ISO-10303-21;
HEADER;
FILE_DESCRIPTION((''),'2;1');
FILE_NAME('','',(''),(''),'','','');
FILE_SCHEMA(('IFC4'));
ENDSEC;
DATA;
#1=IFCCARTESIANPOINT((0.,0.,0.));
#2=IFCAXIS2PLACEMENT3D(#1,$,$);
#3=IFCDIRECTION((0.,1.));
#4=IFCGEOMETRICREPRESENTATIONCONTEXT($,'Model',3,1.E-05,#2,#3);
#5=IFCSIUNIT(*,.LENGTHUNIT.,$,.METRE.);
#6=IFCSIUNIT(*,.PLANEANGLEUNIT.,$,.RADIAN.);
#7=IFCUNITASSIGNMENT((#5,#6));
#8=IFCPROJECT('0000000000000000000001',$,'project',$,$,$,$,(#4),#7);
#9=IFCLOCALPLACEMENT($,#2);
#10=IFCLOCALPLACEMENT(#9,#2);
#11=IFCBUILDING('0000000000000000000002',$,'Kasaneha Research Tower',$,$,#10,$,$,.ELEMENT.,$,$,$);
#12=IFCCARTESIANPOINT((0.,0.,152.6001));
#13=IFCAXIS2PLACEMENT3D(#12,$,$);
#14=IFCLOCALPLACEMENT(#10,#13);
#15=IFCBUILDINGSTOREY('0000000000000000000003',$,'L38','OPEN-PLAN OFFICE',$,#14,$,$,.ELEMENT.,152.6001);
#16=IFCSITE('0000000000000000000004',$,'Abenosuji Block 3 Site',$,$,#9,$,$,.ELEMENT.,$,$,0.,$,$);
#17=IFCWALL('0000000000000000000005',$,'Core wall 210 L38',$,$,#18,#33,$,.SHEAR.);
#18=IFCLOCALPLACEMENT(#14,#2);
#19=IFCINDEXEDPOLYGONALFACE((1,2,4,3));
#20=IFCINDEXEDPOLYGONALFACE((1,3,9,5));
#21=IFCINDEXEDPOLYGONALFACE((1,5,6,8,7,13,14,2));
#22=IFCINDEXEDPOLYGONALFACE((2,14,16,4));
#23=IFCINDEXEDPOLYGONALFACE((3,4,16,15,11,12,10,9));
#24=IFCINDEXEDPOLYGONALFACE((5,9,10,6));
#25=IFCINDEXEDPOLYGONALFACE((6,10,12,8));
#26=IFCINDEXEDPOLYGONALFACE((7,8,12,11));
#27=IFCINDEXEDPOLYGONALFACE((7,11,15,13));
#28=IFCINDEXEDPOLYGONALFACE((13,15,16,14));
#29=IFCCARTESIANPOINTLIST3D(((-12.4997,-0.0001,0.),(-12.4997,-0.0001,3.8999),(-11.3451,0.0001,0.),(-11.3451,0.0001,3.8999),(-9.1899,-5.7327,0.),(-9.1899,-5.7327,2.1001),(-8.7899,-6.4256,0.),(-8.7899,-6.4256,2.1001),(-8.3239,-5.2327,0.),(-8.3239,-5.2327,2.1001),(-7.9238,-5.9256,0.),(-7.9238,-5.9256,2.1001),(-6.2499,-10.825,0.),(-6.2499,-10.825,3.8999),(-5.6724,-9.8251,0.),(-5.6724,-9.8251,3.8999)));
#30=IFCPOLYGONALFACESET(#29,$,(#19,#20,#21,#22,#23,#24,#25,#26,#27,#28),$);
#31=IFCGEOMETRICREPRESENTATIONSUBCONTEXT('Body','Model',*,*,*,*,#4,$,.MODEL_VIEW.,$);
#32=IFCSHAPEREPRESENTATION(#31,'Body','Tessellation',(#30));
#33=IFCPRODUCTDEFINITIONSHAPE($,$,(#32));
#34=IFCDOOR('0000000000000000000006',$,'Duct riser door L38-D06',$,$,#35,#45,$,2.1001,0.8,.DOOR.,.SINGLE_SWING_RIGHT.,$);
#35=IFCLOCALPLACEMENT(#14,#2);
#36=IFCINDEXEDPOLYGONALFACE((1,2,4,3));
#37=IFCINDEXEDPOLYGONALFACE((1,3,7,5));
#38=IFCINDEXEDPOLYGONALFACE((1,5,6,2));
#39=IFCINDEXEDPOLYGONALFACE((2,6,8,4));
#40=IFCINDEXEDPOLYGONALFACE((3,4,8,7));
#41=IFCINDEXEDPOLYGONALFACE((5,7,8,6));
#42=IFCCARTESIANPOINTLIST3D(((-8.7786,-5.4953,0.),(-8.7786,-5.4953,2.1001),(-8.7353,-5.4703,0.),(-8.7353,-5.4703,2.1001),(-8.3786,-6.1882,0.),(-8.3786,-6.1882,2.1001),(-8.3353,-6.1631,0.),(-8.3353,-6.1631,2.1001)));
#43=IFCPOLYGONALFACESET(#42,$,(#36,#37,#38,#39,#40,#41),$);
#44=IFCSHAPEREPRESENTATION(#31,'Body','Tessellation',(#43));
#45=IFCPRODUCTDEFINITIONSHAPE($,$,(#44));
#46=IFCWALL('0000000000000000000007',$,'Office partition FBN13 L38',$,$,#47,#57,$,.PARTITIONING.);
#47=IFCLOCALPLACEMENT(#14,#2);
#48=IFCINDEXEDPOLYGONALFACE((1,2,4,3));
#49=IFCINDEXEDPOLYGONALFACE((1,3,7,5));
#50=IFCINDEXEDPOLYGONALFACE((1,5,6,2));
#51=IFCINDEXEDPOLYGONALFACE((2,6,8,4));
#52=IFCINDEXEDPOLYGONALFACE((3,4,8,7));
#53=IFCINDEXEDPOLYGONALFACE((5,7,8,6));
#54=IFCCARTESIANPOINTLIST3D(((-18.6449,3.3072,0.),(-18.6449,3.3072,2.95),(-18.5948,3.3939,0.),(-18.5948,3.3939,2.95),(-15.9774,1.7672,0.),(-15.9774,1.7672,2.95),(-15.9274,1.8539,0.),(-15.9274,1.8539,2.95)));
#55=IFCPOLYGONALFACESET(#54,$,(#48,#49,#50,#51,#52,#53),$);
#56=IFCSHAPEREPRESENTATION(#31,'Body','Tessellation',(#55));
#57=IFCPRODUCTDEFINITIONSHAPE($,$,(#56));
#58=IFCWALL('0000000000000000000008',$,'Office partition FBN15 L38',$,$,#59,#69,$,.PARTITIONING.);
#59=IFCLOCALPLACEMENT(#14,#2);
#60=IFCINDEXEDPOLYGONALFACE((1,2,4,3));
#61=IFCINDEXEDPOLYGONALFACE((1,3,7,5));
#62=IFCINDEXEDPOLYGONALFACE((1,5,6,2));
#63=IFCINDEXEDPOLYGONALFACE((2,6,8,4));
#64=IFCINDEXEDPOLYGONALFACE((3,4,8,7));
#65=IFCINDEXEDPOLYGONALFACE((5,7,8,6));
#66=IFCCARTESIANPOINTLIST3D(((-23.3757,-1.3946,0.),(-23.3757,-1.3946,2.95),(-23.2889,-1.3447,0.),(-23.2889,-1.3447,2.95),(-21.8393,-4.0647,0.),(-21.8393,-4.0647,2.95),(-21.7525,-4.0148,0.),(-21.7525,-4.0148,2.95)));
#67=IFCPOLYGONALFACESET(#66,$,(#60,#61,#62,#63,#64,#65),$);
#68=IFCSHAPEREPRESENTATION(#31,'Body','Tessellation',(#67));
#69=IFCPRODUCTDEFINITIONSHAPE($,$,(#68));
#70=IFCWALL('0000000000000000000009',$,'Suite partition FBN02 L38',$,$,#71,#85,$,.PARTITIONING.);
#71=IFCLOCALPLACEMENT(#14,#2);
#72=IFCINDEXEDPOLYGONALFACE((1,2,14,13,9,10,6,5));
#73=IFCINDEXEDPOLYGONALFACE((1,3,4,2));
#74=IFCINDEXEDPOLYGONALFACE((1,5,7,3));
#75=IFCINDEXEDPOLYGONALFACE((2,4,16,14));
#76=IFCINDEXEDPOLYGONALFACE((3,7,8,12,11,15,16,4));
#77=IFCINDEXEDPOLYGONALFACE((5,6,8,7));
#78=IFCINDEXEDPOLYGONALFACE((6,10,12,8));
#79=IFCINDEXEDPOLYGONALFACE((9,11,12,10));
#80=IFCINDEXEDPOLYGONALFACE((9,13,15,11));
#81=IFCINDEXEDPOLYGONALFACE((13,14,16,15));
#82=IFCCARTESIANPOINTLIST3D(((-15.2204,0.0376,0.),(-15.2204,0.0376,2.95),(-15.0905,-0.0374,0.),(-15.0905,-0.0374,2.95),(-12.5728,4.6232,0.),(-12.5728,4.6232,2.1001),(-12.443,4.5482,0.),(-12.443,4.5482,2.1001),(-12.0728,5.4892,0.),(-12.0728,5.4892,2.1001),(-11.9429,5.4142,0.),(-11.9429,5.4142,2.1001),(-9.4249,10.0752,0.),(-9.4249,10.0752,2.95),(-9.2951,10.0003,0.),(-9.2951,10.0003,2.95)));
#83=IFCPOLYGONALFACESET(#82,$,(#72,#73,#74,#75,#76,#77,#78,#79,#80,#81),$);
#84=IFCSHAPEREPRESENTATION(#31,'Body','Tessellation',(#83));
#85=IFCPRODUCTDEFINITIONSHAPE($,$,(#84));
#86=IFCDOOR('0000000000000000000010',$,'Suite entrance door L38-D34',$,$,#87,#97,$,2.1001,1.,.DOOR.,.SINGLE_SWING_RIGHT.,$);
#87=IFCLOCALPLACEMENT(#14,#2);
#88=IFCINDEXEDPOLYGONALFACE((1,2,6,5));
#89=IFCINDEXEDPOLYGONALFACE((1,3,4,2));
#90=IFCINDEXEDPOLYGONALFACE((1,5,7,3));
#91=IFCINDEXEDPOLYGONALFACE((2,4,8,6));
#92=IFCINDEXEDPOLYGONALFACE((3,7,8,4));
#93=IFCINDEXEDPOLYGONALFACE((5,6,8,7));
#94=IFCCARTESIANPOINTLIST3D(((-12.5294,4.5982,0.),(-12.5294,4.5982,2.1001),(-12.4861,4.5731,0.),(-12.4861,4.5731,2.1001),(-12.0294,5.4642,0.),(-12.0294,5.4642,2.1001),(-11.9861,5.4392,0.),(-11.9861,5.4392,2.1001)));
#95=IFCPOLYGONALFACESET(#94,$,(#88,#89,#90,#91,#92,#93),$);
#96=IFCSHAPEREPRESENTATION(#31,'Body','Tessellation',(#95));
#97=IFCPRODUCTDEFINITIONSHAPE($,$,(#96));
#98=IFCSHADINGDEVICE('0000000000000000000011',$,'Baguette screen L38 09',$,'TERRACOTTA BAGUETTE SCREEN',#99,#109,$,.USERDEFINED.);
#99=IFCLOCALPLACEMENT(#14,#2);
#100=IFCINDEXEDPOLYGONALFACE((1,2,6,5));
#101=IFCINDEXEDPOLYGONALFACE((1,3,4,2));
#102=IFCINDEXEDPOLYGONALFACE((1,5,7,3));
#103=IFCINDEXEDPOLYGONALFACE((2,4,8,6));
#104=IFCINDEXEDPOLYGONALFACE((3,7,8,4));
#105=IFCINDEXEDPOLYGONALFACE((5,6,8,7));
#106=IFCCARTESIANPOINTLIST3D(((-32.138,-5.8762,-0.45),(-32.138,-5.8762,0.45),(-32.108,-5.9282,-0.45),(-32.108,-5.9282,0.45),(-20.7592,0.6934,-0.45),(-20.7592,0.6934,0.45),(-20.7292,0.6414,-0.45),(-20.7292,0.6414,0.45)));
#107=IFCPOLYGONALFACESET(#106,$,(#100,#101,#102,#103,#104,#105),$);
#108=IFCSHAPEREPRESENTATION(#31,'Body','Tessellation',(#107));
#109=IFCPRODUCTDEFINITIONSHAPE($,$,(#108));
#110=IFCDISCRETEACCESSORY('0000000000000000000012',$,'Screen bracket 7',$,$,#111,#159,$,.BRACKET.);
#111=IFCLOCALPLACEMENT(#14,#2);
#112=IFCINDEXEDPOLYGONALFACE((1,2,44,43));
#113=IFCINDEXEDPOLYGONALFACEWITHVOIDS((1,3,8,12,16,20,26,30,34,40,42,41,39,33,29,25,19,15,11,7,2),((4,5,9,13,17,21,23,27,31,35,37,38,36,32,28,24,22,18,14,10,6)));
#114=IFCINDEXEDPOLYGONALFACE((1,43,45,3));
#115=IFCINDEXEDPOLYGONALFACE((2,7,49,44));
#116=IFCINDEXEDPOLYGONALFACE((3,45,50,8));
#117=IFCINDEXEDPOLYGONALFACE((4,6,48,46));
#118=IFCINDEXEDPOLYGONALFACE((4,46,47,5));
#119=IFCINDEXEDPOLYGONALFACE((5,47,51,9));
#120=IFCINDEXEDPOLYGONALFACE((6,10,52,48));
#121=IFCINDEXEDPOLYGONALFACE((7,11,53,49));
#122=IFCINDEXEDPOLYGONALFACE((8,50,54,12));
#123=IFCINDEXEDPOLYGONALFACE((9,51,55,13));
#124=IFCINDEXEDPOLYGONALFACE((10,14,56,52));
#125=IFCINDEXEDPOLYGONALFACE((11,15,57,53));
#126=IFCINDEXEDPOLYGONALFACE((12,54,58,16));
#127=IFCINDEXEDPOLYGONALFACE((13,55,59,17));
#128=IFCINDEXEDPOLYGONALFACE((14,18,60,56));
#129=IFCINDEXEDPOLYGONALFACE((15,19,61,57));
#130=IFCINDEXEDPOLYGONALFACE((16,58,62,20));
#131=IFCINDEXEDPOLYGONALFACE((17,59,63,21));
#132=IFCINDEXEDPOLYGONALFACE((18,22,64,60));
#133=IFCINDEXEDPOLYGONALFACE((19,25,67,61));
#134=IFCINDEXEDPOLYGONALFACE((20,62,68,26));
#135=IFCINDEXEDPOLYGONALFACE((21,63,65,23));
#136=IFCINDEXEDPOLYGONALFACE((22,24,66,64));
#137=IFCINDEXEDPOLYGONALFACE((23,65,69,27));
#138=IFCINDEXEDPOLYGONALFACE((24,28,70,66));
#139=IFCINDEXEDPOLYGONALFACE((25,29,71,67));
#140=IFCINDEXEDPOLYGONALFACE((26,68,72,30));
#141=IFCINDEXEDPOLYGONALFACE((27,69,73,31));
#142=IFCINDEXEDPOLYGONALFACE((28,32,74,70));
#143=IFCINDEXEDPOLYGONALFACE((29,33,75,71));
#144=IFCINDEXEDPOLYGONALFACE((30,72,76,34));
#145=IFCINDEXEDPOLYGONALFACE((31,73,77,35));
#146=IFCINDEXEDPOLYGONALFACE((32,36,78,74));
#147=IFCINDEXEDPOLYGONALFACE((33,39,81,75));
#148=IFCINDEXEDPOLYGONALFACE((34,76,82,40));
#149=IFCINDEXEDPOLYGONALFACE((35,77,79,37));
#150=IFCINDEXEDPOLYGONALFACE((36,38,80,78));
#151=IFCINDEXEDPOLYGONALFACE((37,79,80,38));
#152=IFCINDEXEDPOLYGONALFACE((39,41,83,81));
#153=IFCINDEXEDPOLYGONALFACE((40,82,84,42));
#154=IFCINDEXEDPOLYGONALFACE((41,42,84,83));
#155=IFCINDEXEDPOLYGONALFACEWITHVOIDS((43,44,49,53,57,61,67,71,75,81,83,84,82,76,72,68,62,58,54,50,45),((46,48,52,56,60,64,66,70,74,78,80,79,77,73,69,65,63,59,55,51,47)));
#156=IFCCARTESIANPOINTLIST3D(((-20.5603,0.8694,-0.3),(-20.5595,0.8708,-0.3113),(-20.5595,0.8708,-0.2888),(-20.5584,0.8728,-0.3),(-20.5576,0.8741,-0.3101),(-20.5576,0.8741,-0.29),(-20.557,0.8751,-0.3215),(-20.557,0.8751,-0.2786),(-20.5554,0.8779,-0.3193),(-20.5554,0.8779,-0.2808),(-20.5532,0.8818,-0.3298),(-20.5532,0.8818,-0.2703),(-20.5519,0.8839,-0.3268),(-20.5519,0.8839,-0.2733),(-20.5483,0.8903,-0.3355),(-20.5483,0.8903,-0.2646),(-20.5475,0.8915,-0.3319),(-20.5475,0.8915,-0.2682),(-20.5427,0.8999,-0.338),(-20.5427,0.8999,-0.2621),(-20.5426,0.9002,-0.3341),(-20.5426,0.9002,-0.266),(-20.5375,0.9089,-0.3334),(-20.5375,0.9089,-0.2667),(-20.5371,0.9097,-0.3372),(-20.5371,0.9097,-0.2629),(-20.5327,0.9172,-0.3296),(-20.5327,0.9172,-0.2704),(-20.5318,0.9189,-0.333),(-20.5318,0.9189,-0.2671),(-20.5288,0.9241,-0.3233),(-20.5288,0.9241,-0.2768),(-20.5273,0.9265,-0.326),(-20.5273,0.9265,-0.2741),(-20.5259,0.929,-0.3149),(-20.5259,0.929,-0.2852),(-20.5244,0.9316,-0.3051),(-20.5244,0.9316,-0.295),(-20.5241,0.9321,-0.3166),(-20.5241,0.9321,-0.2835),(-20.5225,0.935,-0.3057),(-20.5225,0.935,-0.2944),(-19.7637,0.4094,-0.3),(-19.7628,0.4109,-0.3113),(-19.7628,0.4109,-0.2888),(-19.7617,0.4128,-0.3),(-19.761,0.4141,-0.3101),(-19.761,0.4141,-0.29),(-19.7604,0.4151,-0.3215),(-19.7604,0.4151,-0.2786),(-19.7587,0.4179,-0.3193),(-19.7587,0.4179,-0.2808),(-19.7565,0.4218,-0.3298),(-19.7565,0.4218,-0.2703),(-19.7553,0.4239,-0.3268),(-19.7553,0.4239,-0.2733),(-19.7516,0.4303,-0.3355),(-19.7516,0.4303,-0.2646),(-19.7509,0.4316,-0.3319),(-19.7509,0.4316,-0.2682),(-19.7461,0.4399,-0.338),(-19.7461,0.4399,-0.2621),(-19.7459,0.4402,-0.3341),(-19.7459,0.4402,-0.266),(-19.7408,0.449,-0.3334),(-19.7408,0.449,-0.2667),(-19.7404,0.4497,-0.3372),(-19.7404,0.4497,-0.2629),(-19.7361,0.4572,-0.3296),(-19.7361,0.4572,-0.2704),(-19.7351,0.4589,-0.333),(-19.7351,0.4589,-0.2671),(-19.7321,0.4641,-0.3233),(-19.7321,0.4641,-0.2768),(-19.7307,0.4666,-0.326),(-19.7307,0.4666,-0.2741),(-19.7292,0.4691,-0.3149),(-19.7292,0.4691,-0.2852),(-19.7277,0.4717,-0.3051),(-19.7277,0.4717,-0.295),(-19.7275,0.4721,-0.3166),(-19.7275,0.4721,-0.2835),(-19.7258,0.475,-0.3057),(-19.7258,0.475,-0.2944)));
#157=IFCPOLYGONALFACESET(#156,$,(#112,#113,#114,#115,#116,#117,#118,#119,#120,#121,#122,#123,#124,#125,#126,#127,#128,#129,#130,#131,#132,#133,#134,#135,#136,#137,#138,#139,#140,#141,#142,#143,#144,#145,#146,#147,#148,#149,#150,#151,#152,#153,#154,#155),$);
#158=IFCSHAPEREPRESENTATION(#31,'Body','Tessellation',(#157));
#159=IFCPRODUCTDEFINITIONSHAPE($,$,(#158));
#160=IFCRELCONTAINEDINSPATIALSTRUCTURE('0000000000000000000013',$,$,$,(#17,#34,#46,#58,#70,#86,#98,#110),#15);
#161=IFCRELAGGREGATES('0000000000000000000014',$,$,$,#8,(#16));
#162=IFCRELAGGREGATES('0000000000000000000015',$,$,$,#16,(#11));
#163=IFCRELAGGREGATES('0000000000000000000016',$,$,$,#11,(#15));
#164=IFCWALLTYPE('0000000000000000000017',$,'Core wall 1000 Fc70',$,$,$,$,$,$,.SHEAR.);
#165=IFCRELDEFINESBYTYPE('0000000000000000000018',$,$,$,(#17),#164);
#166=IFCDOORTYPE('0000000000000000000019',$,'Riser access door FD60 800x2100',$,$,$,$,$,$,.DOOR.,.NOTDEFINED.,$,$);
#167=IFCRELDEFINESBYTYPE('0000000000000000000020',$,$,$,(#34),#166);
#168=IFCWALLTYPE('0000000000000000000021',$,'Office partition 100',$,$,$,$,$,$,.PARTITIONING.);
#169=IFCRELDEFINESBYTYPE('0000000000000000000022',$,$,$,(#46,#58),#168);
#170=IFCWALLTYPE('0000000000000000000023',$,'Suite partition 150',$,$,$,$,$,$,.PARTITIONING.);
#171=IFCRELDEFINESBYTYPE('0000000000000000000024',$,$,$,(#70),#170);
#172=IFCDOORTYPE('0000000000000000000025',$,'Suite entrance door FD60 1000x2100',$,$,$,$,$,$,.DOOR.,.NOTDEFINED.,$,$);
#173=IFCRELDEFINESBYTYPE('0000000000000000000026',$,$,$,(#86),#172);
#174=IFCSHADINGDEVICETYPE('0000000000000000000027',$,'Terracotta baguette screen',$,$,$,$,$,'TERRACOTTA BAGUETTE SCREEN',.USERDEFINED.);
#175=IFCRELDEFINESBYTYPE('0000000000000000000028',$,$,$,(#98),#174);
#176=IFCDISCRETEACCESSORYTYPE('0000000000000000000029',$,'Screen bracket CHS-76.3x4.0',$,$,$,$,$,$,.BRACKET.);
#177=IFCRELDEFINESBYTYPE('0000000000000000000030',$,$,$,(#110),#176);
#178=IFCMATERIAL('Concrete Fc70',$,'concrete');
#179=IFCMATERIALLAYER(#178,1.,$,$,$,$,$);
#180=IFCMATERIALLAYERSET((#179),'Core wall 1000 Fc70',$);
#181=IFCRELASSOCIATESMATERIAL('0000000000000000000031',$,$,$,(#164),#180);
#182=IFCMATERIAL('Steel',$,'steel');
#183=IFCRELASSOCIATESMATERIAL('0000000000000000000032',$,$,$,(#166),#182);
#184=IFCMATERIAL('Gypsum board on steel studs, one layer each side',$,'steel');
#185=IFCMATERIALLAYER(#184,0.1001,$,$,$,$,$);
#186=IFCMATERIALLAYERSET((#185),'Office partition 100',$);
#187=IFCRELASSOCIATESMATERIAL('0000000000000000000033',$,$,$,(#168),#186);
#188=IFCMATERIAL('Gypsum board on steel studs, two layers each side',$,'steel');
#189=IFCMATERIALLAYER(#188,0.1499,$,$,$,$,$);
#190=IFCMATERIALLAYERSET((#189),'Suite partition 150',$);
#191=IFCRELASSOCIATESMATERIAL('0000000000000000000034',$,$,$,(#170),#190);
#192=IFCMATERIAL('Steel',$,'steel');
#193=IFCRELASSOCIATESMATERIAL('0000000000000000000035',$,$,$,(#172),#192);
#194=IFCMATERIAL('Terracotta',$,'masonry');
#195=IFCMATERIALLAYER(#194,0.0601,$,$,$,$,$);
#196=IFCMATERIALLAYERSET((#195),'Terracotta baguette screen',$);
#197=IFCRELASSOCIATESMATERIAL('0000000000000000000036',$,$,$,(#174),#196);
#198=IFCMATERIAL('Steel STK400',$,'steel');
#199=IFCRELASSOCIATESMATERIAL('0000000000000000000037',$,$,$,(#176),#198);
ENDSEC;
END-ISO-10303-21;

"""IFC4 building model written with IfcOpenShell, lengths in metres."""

from ifc_helpers import new_model, si_unit, direction, frame, frame_2d, origin, origin_2d, place, context, subcontext, project, spatial, polyline, rectangle, hollow_circle, outline, extrude, material, layer, layer_set, material_profile, profile_set, type_object, element, fill, save


model = new_model("IFC4")

# Units and contexts
model_context = context("Model", 3, precision=1e-05, world=origin(), true_north=direction((0.0, 1.0)))
body_context = subcontext(model_context, "Body", "Model", "MODEL_VIEW")
ifc_project = project(units=[si_unit("LENGTHUNIT", "METRE"), si_unit("PLANEANGLEUNIT", "RADIAN")], contexts=[model_context])

# Site, building, storey
site_placement = place(None, origin())
site = spatial("IfcSite", under=ifc_project, at=site_placement, Name="Abenosuji Block 3 Site", CompositionType="ELEMENT", RefElevation=0.0)
building_placement = place(site_placement, origin())
building = spatial("IfcBuilding", under=site, at=building_placement, Name="Kasaneha Research Tower", CompositionType="ELEMENT")
storey_placement = place(building_placement, frame((0.0, 0.0, 152.6001)))
storey = spatial("IfcBuildingStorey", under=building, at=storey_placement, Name="L38", Description="OPEN-PLAN OFFICE", CompositionType="ELEMENT", Elevation=152.6001)

# Wall, opening, door
ifc_material_1 = material(Name="Concrete Fc70", Category="concrete")
ifc_layer_1 = layer(ifc_material_1, 1.0)
ifc_layer_set_1 = layer_set([ifc_layer_1], Name="Core wall 1000 Fc70")
wall_type_1 = type_object("IfcWallType", Name="Core wall 1000 Fc70", PredefinedType="SHEAR", material=ifc_layer_set_1)
wall_1_placement = place(storey_placement, frame((-11.9224, 0.0, 0.0), z_axis=(0.0, 0.0, 1.0), x_axis=(0.500004, -0.866023, 0.0)))
wall_1 = element("IfcWall", 1, at=wall_1_placement, inside=storey, type_object=wall_type_1, Name="Core wall 210 L38", PredefinedType="SHEAR", context=body_context, shape_type="SweptSolid", body=[
    extrude(outline(polyline([(-0.2886, -0.5), (6.3311, -0.5), (7.1311, -0.5), (12.2109, -0.5), (11.6338, 0.5), (7.1311, 0.5), (6.3311, 0.5), (0.2886, 0.5), (-0.2886, -0.5)])), origin(), (0.0, 0.0, 1.0), 3.8999),
])
opening_1_placement = place(wall_1_placement, frame((6.3311, 0.0, 0.0)))
opening_1 = element("IfcOpeningElement", 2, at=opening_1_placement, cuts=wall_1, PredefinedType="OPENING", context=body_context, shape_type="SweptSolid", body=[
    extrude(rectangle(XDim=0.8, YDim=2.1001, at=frame_2d((0.3999, 1.05))), frame((0.0, 0.51, 0.0), z_axis=(0.0, -1.0, 0.0), x_axis=(1.0, 0.0, 0.0)), (0.0, 0.0, 1.0), 1.02),
])
ifc_material_2 = material(Name="Steel", Category="steel")
door_type_1 = type_object("IfcDoorType", Name="Riser access door FD60 800x2100", OperationType="NOTDEFINED", PredefinedType="DOOR", material=ifc_material_2)
door_1_placement = place(opening_1_placement, origin())
door_1 = element("IfcDoor", 3, at=door_1_placement, inside=storey, type_object=door_type_1, Name="Duct riser door L38-D06", OperationType="SINGLE_SWING_RIGHT", OverallHeight=2.1001, OverallWidth=0.8, PredefinedType="DOOR", context=body_context, shape_type="SweptSolid", body=[
    extrude(rectangle(XDim=0.8, YDim=2.1001, at=frame_2d((0.3999, 1.05))), frame((0.0, 0.0249, 0.0), z_axis=(0.0, -1.0, 0.0), x_axis=(1.0, 0.0, 0.0)), (0.0, 0.0, 1.0), 0.05),
])
fill(opening_1, door_1)

# Walls
ifc_material_3 = material(Name="Gypsum board on steel studs, one layer each side", Category="steel")
ifc_layer_2 = layer(ifc_material_3, 0.1001)
ifc_layer_set_2 = layer_set([ifc_layer_2], Name="Office partition 100")
wall_type_2 = type_object("IfcWallType", Name="Office partition 100", PredefinedType="PARTITIONING", material=ifc_layer_set_2)
wall_2_placement = place(storey_placement, frame((-15.9524, 1.8105, 0.0), z_axis=(0.0, 0.0, 1.0), x_axis=(-0.86603, 0.499992, 0.0)))
element("IfcWall", 4, at=wall_2_placement, inside=storey, type_object=wall_type_2, Name="Office partition FBN13 L38", PredefinedType="PARTITIONING", context=body_context, shape_type="SweptSolid", body=[
    extrude(rectangle(XDim=3.0801, YDim=0.1001, at=frame_2d((1.54, 0.0))), origin(), (0.0, 0.0, 1.0), 2.95),
])
wall_3_placement = place(storey_placement, frame((-23.3323, -1.3696, 0.0), z_axis=(0.0, 0.0, 1.0), x_axis=(0.498723, -0.866762, 0.0)))
element("IfcWall", 5, at=wall_3_placement, inside=storey, type_object=wall_type_2, Name="Office partition FBN15 L38", PredefinedType="PARTITIONING", context=body_context, shape_type="SweptSolid", body=[
    extrude(rectangle(XDim=3.0806, YDim=0.1001, at=frame_2d((1.5403, 0.0))), origin(), (0.0, 0.0, 1.0), 2.95),
])

# Wall, opening, door
ifc_material_4 = material(Name="Gypsum board on steel studs, two layers each side", Category="steel")
ifc_layer_3 = layer(ifc_material_4, 0.1499)
ifc_layer_set_3 = layer_set([ifc_layer_3], Name="Suite partition 150")
wall_type_3 = type_object("IfcWallType", Name="Suite partition 150", PredefinedType="PARTITIONING", material=ifc_layer_set_3)
wall_4_placement = place(storey_placement, frame((-15.1555, 0.0, 0.0), z_axis=(0.0, 0.0, 1.0), x_axis=(0.500013, 0.866018, 0.0)))
wall_4 = element("IfcWall", 6, at=wall_4_placement, inside=storey, type_object=wall_type_3, Name="Suite partition FBN02 L38", PredefinedType="PARTITIONING", context=body_context, shape_type="SweptSolid", body=[
    extrude(rectangle(XDim=11.5906, YDim=0.1499, at=frame_2d((5.7954, 0.0))), origin(), (0.0, 0.0, 1.0), 2.95),
])
opening_2_placement = place(wall_4_placement, frame((5.2952, 0.0, 0.0)))
opening_2 = element("IfcOpeningElement", 7, at=opening_2_placement, cuts=wall_4, PredefinedType="OPENING", context=body_context, shape_type="SweptSolid", body=[
    extrude(rectangle(XDim=1.0, YDim=2.1001, at=frame_2d((0.5, 1.05))), frame((0.0, 0.085, 0.0), z_axis=(0.0, -1.0, 0.0), x_axis=(1.0, 0.0, 0.0)), (0.0, 0.0, 1.0), 0.1699),
])
ifc_material_5 = material(Name="Steel", Category="steel")
door_type_2 = type_object("IfcDoorType", Name="Suite entrance door FD60 1000x2100", OperationType="NOTDEFINED", PredefinedType="DOOR", material=ifc_material_5)
door_2_placement = place(opening_2_placement, origin())
door_2 = element("IfcDoor", 8, at=door_2_placement, inside=storey, type_object=door_type_2, Name="Suite entrance door L38-D34", OperationType="SINGLE_SWING_RIGHT", OverallHeight=2.1001, OverallWidth=1.0, PredefinedType="DOOR", context=body_context, shape_type="SweptSolid", body=[
    extrude(rectangle(XDim=1.0, YDim=2.1001, at=frame_2d((0.5, 1.05))), frame((0.0, 0.0249, 0.0), z_axis=(0.0, -1.0, 0.0), x_axis=(1.0, 0.0, 0.0)), (0.0, 0.0, 1.0), 0.05),
])
fill(opening_2, door_2)

# Shading device
ifc_material_6 = material(Name="Terracotta", Category="masonry")
ifc_layer_4 = layer(ifc_material_6, 0.0601)
ifc_layer_set_4 = layer_set([ifc_layer_4], Name="Terracotta baguette screen")
shading_device_type = type_object("IfcShadingDeviceType", Name="Terracotta baguette screen", ElementType="TERRACOTTA BAGUETTE SCREEN", PredefinedType="USERDEFINED", material=ifc_layer_set_4)
shading_device_placement = place(storey_placement, frame((-26.4336, -2.6174, -0.45), z_axis=(0.0, 0.0, 1.0), x_axis=(-0.866025, -0.5, 0.0)))
element("IfcShadingDevice", 9, at=shading_device_placement, inside=storey, type_object=shading_device_type, Name="Baguette screen L38 09", ObjectType="TERRACOTTA BAGUETTE SCREEN", PredefinedType="USERDEFINED", context=body_context, shape_type="SweptSolid", body=[
    extrude(rectangle(XDim=13.1392, YDim=0.0601, at=origin_2d()), origin(), (0.0, 0.0, 1.0), 0.8999),
])

# Discrete accessory
ifc_material_7 = material(Name="Steel STK400", Category="steel")
ifc_material_profile_1 = material_profile(ifc_material_7, hollow_circle(Radius=0.0381, WallThickness=0.0039, at=origin_2d()), Name="CHS-76.3x4.0")
ifc_profile_set_1 = profile_set([ifc_material_profile_1], Name="Steel STK400")
discrete_accessory_type = type_object("IfcDiscreteAccessoryType", Name="Screen bracket CHS-76.3x4.0", PredefinedType="BRACKET", material=ifc_profile_set_1)
for number, where, z_axis, x_axis, name in (
    (10, (-19.7446, 0.4424, -0.3), (-0.866013, 0.500021, 0.0), (-0.500021, -0.866013, 0.0), "Screen bracket 7"),
):
    element("IfcDiscreteAccessory", number, at=place(storey_placement, frame(where, z_axis=z_axis, x_axis=x_axis)), inside=storey, type_object=discrete_accessory_type, Name=name, PredefinedType="BRACKET", context=body_context, shape_type="SweptSolid", body=[
        extrude(hollow_circle(Radius=0.0381, WallThickness=0.0039, at=origin_2d()), origin(), (0.0, 0.0, 1.0), 0.9199),
    ])

save(model, "model.ifc")
